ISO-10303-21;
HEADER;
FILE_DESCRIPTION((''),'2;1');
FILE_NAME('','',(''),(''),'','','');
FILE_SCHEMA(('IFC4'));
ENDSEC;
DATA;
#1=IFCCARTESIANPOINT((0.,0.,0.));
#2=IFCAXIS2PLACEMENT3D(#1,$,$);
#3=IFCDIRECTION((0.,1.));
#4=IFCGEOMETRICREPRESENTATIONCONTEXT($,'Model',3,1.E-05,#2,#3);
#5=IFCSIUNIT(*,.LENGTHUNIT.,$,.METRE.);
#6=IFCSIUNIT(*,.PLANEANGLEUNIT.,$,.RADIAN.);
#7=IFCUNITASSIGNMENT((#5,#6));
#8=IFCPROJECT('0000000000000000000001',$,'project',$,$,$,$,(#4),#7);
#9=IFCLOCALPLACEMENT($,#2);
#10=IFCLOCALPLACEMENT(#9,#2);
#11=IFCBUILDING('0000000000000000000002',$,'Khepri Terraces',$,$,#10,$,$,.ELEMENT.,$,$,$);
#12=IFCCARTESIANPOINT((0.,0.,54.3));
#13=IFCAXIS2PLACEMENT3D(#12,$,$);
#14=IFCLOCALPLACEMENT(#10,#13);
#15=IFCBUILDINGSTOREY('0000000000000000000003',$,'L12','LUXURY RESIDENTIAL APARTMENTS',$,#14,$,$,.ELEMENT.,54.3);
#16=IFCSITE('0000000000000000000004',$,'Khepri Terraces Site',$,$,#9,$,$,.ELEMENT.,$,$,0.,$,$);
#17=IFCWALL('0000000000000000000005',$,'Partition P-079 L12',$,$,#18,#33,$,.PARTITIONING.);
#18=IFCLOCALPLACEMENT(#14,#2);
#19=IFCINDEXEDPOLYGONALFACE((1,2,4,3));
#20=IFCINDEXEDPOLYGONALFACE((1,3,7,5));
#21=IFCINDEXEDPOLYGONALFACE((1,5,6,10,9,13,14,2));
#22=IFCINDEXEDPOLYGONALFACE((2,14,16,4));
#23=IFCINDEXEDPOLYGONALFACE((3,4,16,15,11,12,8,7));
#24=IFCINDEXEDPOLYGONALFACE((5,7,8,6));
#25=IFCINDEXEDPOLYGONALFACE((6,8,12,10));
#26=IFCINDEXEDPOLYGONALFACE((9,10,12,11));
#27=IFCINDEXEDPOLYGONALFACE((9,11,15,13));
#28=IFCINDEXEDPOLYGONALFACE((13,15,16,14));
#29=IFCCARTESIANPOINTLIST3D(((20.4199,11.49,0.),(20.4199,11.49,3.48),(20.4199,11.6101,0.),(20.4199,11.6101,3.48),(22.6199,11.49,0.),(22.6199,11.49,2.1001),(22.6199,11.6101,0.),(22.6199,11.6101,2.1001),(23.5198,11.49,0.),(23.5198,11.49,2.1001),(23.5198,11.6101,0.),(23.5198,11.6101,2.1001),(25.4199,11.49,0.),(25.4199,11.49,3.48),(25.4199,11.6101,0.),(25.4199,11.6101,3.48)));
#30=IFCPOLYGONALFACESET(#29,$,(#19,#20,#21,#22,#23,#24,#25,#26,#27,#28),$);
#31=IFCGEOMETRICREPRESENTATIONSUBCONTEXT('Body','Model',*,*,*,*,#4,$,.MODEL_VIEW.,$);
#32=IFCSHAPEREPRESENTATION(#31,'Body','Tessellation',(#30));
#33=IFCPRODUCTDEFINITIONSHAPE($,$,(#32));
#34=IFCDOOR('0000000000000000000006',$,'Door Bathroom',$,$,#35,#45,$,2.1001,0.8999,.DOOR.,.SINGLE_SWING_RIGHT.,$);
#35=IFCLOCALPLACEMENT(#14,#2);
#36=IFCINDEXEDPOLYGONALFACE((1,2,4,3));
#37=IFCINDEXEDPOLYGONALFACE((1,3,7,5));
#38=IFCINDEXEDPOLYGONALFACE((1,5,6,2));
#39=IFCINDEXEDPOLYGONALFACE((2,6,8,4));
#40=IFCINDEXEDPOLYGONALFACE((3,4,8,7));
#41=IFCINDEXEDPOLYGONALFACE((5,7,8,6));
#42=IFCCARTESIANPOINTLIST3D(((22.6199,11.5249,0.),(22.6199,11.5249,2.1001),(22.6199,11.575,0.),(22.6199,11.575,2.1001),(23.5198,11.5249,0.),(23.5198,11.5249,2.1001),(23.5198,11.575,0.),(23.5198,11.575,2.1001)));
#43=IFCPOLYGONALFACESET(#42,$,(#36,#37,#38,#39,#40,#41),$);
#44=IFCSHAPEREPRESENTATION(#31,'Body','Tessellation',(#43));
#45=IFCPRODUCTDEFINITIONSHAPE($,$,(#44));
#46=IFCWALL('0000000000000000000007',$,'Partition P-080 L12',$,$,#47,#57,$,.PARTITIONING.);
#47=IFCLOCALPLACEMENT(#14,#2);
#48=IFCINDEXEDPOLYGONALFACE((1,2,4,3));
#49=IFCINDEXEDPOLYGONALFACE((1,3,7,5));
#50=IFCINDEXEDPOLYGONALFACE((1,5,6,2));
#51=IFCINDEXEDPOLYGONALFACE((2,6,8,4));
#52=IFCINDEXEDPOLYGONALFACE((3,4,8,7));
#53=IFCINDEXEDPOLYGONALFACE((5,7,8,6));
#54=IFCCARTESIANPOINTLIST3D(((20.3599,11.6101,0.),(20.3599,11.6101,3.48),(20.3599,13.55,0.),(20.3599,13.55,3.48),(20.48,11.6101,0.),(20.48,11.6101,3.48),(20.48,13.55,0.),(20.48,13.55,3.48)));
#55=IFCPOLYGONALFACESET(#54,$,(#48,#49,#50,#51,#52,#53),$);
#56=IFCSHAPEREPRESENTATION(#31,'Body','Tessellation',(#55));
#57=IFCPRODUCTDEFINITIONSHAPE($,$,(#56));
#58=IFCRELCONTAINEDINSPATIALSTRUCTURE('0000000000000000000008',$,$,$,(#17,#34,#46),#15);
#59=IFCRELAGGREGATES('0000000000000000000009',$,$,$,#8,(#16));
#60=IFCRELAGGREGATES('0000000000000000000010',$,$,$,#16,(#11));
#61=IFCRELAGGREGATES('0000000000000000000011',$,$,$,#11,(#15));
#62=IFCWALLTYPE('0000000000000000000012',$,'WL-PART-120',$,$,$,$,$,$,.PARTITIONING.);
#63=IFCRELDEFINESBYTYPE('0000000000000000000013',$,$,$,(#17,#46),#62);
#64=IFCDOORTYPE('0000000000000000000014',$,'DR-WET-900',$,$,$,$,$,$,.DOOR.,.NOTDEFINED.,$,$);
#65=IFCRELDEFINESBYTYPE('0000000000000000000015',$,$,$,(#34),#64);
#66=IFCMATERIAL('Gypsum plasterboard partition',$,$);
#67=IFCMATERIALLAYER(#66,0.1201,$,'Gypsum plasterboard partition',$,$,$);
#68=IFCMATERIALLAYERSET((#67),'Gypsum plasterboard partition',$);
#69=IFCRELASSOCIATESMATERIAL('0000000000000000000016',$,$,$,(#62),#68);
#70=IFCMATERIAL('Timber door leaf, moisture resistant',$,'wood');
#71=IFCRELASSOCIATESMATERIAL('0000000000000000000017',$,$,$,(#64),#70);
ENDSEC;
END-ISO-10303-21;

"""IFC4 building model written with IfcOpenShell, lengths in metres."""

from ifc_helpers import new_model, si_unit, direction, frame, frame_2d, origin, place, context, subcontext, project, spatial, rectangle, extrude, material, layer, layer_set, type_object, element, fill, save


model = new_model("IFC4")

# Units and contexts
model_context = context("Model", 3, precision=1e-05, world=origin(), true_north=direction((0.0, 1.0)))
body_context = subcontext(model_context, "Body", "Model", "MODEL_VIEW")
ifc_project = project(units=[si_unit("LENGTHUNIT", "METRE"), si_unit("PLANEANGLEUNIT", "RADIAN")], contexts=[model_context])

# Site, building, storey
site_placement = place(None, origin())
site = spatial("IfcSite", under=ifc_project, at=site_placement, Name="Khepri Terraces Site", CompositionType="ELEMENT", RefElevation=0.0)
building_placement = place(site_placement, origin())
building = spatial("IfcBuilding", under=site, at=building_placement, Name="Khepri Terraces", CompositionType="ELEMENT")
storey_placement = place(building_placement, frame((0.0, 0.0, 54.3)))
storey = spatial("IfcBuildingStorey", under=building, at=storey_placement, Name="L12", Description="LUXURY RESIDENTIAL APARTMENTS", CompositionType="ELEMENT", Elevation=54.3)

# Wall, opening, door
ifc_material_1 = material(Name="Gypsum plasterboard partition")
ifc_layer_1 = layer(ifc_material_1, 0.1201, Name="Gypsum plasterboard partition")
ifc_layer_set_1 = layer_set([ifc_layer_1], Name="Gypsum plasterboard partition")
wall_type_1 = type_object("IfcWallType", Name="WL-PART-120", PredefinedType="PARTITIONING", material=ifc_layer_set_1)
wall_1_placement = place(storey_placement, frame((20.4199, 11.55, 0.0), z_axis=(0.0, 0.0, 1.0), x_axis=(1.0, 0.0, 0.0)))
wall_1 = element("IfcWall", 1, at=wall_1_placement, inside=storey, type_object=wall_type_1, Name="Partition P-079 L12", PredefinedType="PARTITIONING", context=body_context, shape_type="SweptSolid", body=[
    extrude(rectangle(XDim=5.0, YDim=0.1201, at=frame_2d((2.5, 0.0))), origin(), (0.0, 0.0, 1.0), 3.48),
])
opening_1_placement = place(wall_1_placement, frame((2.2, 0.0, 0.0)))
opening_1 = element("IfcOpeningElement", 2, at=opening_1_placement, cuts=wall_1, PredefinedType="OPENING", context=body_context, shape_type="SweptSolid", body=[
    extrude(rectangle(XDim=0.8999, YDim=2.1001, at=frame_2d((0.45, 1.05))), frame((0.0, 0.0701, 0.0), z_axis=(0.0, -1.0, 0.0), x_axis=(1.0, 0.0, 0.0)), (0.0, 0.0, 1.0), 0.1401),
])
ifc_material_2 = material(Name="Timber door leaf, moisture resistant", Category="wood")
door_type_1 = type_object("IfcDoorType", Name="DR-WET-900", OperationType="NOTDEFINED", PredefinedType="DOOR", material=ifc_material_2)
door_1_placement = place(opening_1_placement, origin())
door_1 = element("IfcDoor", 3, at=door_1_placement, inside=storey, type_object=door_type_1, Name="Door Bathroom", OperationType="SINGLE_SWING_RIGHT", OverallHeight=2.1001, OverallWidth=0.8999, PredefinedType="DOOR", context=body_context, shape_type="SweptSolid", body=[
    extrude(rectangle(XDim=0.8999, YDim=2.1001, at=frame_2d((0.45, 1.05))), frame((0.0, 0.0249, 0.0), z_axis=(0.0, -1.0, 0.0), x_axis=(1.0, 0.0, 0.0)), (0.0, 0.0, 1.0), 0.05),
])
fill(opening_1, door_1)

# Wall
wall_2_placement = place(storey_placement, frame((20.4199, 11.6101, 0.0), z_axis=(0.0, 0.0, 1.0), x_axis=(0.0, 1.0, 0.0)))
element("IfcWall", 4, at=wall_2_placement, inside=storey, type_object=wall_type_1, Name="Partition P-080 L12", PredefinedType="PARTITIONING", context=body_context, shape_type="SweptSolid", body=[
    extrude(rectangle(XDim=1.9399, YDim=0.1201, at=frame_2d((0.97, 0.0))), origin(), (0.0, 0.0, 1.0), 3.48),
])

save(model, "model.ifc")
